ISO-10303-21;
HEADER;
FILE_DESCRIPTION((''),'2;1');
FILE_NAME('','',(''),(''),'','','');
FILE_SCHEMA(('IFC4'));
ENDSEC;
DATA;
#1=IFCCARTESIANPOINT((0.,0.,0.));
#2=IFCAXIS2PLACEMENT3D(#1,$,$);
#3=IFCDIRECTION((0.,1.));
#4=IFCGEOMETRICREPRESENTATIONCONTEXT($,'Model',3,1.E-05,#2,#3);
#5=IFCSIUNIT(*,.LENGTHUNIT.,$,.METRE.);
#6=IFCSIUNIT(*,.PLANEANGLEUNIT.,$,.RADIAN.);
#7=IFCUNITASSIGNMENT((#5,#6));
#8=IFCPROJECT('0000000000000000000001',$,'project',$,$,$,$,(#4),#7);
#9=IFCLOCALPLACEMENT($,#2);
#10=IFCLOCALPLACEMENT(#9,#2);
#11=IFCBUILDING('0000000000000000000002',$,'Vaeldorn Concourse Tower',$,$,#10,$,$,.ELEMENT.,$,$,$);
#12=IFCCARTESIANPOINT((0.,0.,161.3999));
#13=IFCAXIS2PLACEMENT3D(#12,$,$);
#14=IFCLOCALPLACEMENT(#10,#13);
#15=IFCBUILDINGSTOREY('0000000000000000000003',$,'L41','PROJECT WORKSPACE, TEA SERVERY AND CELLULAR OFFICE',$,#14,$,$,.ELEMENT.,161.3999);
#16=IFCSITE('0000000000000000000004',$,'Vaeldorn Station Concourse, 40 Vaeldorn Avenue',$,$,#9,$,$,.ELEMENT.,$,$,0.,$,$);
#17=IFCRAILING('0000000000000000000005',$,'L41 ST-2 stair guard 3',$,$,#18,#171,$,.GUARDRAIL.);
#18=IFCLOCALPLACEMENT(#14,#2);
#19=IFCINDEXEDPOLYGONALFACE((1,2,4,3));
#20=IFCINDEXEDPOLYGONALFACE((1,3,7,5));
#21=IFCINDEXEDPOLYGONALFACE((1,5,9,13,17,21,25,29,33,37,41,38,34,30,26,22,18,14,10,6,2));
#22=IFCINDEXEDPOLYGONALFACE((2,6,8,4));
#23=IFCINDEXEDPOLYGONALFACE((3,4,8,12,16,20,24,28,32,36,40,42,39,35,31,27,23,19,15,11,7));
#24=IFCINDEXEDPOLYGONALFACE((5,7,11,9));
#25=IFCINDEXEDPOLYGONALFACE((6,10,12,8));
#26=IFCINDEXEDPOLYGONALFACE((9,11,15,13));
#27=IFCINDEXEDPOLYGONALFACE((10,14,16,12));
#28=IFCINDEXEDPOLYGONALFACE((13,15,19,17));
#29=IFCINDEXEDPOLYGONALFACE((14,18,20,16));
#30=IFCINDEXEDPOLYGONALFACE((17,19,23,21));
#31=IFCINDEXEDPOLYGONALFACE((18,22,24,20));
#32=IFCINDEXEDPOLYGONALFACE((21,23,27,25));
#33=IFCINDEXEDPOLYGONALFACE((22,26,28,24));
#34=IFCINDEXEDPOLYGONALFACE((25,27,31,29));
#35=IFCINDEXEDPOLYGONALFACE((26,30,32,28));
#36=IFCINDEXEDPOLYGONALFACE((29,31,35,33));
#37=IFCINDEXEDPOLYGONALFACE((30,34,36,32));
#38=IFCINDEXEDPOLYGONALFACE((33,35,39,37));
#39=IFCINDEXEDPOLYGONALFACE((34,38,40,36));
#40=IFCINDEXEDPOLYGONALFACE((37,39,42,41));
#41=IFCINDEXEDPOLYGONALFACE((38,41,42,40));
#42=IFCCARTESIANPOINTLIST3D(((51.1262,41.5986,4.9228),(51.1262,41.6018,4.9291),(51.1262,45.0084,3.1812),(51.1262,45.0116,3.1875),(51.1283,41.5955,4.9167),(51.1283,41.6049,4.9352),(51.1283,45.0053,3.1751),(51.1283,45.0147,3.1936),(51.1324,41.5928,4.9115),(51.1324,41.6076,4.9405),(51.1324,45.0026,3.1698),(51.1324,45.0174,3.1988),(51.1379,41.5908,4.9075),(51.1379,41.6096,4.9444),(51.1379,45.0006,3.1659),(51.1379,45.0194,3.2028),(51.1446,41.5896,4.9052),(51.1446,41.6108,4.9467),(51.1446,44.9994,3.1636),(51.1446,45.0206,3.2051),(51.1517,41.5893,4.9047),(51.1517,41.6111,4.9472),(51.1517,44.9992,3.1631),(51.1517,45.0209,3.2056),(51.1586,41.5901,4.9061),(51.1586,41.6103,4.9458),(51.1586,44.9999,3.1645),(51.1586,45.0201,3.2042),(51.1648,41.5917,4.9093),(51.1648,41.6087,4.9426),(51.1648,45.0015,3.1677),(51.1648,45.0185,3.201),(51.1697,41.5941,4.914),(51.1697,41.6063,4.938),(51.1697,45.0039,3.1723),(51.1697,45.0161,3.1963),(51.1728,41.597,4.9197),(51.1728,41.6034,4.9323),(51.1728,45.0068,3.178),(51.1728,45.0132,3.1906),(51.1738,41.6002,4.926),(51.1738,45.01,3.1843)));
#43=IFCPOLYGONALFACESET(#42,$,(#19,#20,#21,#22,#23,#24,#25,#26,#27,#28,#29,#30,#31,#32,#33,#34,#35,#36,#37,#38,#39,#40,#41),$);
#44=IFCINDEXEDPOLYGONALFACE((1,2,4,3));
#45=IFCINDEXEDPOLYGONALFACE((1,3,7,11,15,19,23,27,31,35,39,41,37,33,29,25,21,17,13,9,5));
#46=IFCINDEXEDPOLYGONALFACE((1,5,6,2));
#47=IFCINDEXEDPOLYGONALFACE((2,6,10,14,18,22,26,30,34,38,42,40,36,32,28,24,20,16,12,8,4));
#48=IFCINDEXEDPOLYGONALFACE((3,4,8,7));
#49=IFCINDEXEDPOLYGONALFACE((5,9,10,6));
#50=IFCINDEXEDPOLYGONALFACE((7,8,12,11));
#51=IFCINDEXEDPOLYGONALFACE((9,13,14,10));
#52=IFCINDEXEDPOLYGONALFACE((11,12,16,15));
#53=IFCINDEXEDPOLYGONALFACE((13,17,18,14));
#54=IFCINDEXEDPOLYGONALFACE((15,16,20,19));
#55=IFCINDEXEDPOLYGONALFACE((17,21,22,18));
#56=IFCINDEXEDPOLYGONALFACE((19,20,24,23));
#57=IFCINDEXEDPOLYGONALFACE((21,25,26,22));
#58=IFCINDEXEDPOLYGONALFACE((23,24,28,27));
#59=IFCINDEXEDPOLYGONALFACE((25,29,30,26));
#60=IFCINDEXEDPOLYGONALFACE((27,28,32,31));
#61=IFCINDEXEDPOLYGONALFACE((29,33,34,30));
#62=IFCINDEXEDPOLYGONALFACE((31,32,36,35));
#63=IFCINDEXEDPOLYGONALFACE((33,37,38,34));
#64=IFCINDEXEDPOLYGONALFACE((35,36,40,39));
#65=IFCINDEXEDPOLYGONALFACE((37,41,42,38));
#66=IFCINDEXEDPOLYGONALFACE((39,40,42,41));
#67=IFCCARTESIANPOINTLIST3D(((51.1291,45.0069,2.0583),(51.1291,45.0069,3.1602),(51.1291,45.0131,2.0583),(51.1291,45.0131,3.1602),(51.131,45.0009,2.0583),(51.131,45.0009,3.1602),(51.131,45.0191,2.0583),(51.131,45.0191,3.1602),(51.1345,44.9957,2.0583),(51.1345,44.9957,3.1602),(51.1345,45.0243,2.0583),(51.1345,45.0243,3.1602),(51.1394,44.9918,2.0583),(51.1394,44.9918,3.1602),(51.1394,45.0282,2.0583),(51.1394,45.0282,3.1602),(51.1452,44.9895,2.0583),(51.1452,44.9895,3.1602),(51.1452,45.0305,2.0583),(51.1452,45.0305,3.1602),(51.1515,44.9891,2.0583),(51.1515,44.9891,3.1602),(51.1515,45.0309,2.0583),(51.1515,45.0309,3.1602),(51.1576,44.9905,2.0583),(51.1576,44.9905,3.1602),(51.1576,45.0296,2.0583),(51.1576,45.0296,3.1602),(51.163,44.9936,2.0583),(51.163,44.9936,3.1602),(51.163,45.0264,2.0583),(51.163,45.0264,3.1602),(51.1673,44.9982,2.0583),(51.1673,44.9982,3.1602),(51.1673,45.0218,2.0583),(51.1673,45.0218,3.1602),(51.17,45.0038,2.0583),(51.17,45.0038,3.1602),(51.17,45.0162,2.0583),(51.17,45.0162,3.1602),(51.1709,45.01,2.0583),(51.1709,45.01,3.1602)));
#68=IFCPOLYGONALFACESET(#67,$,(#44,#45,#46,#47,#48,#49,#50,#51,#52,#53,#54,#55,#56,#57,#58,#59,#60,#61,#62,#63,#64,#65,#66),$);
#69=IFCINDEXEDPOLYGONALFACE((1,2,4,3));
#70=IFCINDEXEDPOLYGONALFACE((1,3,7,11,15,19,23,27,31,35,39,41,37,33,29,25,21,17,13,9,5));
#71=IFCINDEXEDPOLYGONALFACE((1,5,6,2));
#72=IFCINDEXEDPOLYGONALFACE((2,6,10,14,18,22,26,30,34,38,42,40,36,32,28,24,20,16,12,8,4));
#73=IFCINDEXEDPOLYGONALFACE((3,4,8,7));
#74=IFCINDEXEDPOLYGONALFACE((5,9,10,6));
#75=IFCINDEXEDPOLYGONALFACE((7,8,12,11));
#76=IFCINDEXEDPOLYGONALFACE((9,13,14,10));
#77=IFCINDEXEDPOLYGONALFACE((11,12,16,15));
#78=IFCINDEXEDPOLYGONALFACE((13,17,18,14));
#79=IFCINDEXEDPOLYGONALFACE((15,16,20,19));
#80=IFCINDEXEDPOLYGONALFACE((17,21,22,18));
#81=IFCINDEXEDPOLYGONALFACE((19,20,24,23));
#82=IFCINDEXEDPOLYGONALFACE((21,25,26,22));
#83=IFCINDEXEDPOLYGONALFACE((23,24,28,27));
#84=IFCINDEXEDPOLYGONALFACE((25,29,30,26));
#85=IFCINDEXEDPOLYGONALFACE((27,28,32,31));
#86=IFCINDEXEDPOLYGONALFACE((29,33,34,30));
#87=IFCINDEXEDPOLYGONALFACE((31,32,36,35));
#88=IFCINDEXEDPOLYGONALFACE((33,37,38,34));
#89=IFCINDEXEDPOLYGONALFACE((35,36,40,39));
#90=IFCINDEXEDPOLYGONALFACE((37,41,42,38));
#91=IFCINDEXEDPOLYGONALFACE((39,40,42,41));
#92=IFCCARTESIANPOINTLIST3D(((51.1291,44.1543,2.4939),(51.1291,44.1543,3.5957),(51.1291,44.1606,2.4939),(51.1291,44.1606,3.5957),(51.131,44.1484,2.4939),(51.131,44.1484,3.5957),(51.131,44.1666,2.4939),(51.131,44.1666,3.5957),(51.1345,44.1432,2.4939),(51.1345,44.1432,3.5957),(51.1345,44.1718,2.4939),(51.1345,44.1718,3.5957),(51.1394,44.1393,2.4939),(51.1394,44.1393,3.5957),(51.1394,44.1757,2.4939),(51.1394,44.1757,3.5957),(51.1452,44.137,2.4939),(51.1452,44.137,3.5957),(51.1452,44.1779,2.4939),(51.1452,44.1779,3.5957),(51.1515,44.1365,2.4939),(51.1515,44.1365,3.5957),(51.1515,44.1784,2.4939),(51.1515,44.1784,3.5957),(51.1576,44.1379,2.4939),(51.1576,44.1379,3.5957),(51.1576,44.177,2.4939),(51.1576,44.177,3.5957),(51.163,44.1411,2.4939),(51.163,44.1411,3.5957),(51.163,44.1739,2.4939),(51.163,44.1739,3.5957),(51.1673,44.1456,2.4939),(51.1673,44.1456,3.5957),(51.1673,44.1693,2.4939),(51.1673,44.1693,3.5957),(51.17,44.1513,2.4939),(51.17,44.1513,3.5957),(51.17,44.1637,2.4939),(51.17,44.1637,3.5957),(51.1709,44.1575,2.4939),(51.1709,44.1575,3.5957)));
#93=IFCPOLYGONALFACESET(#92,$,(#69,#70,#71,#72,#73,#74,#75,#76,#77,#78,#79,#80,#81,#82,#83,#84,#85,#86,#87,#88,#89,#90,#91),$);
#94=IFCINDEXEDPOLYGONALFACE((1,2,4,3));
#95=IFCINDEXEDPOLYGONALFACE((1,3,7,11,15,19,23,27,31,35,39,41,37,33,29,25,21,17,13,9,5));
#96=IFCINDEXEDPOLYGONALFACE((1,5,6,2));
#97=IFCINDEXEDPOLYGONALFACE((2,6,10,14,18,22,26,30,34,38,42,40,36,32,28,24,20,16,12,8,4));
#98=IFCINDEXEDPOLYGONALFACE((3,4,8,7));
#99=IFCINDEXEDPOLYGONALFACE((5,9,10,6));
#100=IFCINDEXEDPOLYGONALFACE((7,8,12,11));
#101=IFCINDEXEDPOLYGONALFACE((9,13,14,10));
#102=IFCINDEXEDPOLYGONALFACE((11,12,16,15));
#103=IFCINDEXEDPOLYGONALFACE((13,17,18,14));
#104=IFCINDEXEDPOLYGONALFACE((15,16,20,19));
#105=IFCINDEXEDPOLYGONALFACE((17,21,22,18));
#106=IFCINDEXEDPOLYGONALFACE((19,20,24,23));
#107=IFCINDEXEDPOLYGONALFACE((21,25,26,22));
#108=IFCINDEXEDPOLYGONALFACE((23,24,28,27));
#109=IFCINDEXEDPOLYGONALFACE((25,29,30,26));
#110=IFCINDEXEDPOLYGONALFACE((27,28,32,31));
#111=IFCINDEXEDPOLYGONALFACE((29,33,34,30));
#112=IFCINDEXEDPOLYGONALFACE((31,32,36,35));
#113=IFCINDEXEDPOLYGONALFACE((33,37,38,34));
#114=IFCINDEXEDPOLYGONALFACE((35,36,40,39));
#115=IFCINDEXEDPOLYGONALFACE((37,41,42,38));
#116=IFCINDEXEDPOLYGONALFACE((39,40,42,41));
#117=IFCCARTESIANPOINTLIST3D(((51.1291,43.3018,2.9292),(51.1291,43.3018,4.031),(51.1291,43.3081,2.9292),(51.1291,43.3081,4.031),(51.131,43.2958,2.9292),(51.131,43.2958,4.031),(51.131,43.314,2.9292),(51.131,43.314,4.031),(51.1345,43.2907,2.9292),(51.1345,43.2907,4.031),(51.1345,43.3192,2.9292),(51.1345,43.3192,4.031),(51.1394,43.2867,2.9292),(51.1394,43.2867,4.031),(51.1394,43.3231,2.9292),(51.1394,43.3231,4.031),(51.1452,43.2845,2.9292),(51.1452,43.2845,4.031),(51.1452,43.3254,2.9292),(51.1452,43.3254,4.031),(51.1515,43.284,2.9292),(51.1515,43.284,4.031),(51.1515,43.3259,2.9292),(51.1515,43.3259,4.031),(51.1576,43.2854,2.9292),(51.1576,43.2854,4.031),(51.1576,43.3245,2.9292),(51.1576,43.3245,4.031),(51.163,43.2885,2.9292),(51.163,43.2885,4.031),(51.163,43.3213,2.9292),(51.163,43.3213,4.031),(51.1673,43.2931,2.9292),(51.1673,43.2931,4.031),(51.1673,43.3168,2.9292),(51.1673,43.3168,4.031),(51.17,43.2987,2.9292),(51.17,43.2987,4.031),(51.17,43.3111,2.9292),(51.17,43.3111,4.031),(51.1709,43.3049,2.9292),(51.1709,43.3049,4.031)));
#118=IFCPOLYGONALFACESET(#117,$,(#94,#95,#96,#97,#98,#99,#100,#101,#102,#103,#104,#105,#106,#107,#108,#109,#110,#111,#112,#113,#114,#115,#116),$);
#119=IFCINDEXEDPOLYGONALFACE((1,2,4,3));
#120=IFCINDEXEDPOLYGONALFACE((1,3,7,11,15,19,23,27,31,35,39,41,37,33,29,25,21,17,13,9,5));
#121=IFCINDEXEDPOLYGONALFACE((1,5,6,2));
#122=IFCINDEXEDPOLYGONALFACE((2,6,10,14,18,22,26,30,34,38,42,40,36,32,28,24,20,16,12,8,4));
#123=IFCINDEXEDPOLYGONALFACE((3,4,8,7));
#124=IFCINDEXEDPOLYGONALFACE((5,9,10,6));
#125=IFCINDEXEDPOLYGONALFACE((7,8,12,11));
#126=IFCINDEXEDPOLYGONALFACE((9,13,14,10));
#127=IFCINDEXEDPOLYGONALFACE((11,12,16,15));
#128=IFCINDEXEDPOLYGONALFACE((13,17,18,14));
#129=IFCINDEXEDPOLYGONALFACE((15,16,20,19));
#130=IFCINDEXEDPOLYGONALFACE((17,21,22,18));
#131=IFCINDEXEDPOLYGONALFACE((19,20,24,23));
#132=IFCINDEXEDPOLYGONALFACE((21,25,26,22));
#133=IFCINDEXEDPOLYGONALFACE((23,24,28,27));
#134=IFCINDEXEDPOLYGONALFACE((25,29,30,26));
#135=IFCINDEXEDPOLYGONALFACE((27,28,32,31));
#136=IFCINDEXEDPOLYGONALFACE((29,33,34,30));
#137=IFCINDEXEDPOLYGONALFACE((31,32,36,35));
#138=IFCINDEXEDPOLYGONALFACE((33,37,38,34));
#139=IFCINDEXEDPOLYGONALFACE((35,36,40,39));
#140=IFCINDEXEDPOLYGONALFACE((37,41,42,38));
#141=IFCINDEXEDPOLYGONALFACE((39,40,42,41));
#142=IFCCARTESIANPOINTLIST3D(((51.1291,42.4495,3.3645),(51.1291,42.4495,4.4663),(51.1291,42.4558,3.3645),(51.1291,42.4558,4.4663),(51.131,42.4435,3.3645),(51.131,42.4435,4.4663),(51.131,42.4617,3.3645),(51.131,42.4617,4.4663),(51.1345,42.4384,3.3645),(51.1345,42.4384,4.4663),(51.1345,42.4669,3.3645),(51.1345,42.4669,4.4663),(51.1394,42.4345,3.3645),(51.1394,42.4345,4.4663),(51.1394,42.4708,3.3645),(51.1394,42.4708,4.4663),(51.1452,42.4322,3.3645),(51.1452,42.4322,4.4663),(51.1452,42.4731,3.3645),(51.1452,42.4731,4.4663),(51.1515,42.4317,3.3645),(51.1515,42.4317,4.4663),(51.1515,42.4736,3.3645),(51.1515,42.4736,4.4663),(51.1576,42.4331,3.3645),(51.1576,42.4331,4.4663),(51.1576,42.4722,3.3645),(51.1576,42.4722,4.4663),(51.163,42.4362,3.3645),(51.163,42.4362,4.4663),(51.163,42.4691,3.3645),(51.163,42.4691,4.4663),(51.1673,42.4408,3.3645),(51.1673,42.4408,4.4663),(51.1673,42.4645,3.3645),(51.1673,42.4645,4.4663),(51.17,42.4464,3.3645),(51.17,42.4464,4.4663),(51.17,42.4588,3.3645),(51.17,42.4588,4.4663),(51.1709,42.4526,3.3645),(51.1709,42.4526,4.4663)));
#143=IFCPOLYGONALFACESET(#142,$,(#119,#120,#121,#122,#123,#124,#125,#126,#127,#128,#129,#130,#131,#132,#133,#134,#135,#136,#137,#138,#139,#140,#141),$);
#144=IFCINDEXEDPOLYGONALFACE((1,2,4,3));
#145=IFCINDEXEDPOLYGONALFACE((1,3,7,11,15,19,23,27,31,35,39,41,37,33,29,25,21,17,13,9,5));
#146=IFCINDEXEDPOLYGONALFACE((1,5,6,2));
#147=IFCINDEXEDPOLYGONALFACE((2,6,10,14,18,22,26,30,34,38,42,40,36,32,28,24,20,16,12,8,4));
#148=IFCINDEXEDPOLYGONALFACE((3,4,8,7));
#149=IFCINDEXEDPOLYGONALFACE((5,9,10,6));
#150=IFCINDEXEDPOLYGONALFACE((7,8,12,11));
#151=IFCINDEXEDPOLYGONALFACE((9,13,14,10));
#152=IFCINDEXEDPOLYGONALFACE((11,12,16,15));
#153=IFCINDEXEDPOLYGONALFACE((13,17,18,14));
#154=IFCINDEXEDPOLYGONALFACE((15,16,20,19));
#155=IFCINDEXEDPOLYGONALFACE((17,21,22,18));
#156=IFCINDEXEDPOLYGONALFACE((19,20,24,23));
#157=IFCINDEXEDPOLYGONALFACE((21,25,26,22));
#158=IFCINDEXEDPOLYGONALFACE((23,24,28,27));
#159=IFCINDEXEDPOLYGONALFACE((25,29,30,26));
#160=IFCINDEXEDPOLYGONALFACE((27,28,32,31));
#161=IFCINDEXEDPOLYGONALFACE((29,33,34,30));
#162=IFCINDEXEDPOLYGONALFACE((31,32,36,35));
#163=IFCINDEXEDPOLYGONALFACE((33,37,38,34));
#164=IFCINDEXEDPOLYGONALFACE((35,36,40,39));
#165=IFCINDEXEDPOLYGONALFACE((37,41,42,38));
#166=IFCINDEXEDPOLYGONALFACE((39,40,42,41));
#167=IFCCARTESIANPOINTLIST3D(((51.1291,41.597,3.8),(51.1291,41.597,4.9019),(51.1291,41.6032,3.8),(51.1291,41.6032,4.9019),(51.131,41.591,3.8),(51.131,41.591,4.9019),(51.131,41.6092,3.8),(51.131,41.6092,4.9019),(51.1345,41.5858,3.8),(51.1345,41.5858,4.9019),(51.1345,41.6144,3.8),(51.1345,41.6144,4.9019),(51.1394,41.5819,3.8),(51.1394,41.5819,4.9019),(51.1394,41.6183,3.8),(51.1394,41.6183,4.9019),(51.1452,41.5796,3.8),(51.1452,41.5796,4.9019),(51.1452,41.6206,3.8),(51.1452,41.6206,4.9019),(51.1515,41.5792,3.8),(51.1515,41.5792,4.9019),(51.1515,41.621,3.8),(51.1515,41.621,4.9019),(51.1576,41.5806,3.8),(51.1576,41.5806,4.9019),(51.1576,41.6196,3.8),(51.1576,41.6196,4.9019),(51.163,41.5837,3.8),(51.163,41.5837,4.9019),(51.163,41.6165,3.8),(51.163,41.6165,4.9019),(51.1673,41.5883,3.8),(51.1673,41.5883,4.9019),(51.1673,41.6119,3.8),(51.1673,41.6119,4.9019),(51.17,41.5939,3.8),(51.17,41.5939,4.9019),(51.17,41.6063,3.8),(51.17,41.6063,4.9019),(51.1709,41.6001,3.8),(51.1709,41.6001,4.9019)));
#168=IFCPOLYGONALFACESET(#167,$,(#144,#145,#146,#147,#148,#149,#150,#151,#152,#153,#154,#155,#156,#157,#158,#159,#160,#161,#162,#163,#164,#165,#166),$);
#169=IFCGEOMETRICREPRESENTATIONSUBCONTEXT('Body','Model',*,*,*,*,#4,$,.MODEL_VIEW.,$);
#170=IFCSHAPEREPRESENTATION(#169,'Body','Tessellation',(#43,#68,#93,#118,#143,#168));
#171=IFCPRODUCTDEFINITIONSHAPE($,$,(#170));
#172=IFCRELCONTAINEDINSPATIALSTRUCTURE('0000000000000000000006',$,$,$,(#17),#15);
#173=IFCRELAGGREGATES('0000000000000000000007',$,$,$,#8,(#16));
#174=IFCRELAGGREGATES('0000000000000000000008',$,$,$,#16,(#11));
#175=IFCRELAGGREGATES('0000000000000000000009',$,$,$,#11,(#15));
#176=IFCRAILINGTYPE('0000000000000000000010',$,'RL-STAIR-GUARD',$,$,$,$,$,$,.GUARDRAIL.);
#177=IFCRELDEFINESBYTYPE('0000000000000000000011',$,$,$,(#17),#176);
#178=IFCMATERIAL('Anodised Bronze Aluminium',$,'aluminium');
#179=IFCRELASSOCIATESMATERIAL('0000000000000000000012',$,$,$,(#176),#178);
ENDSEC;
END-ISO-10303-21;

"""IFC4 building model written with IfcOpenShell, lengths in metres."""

from ifc_helpers import new_model, si_unit, direction, frame, origin, origin_2d, place, context, subcontext, project, spatial, circle, extrude, material, type_object, element, save


model = new_model("IFC4")

# Units and contexts
model_context = context("Model", 3, precision=1e-05, world=origin(), true_north=direction((0.0, 1.0)))
body_context = subcontext(model_context, "Body", "Model", "MODEL_VIEW")
ifc_project = project(units=[si_unit("LENGTHUNIT", "METRE"), si_unit("PLANEANGLEUNIT", "RADIAN")], contexts=[model_context])

# Site, building, storey
site_placement = place(None, origin())
site = spatial("IfcSite", under=ifc_project, at=site_placement, Name="Vaeldorn Station Concourse, 40 Vaeldorn Avenue", CompositionType="ELEMENT", RefElevation=0.0)
building_placement = place(site_placement, origin())
building = spatial("IfcBuilding", under=site, at=building_placement, Name="Vaeldorn Concourse Tower", CompositionType="ELEMENT")
storey_placement = place(building_placement, frame((0.0, 0.0, 161.3999)))
storey = spatial("IfcBuildingStorey", under=building, at=storey_placement, Name="L41", Description="PROJECT WORKSPACE, TEA SERVERY AND CELLULAR OFFICE", CompositionType="ELEMENT", Elevation=161.3999)

# Shared definitions
ifc_material_1 = material(Name="Anodised Bronze Aluminium", Category="aluminium")

# Railing
railing_type_1 = type_object("IfcRailingType", Name="RL-STAIR-GUARD", PredefinedType="GUARDRAIL", material=ifc_material_1)
railing_1_placement = place(storey_placement, frame((51.1499, 45.01, 2.0583)))
element("IfcRailing", 1, at=railing_1_placement, inside=storey, type_object=railing_type_1, Name="L41 ST-2 stair guard 3", PredefinedType="GUARDRAIL", context=body_context, shape_type="SweptSolid", body=[
    extrude(circle(Radius=0.0239, at=origin_2d()), frame((0.0, 0.0, 1.126), z_axis=(0.0, -0.890556, 0.454874), x_axis=(1.0, 0.0, 0.0)), (0.0, 0.0, 1.0), 3.8289),
    extrude(circle(Radius=0.021, at=origin_2d()), origin(), (0.0, 0.0, 1.0), 1.1018),
    extrude(circle(Radius=0.021, at=origin_2d()), frame((0.0, -0.8525, 0.4355)), (0.0, 0.0, 1.0), 1.1018),
    extrude(circle(Radius=0.021, at=origin_2d()), frame((0.0, -1.7051, 0.8708)), (0.0, 0.0, 1.0), 1.1018),
    extrude(circle(Radius=0.021, at=origin_2d()), frame((0.0, -2.5574, 1.3062)), (0.0, 0.0, 1.0), 1.1018),
    extrude(circle(Radius=0.021, at=origin_2d()), frame((0.0, -3.4099, 1.7417)), (0.0, 0.0, 1.0), 1.1018),
])

save(model, "model.ifc")
